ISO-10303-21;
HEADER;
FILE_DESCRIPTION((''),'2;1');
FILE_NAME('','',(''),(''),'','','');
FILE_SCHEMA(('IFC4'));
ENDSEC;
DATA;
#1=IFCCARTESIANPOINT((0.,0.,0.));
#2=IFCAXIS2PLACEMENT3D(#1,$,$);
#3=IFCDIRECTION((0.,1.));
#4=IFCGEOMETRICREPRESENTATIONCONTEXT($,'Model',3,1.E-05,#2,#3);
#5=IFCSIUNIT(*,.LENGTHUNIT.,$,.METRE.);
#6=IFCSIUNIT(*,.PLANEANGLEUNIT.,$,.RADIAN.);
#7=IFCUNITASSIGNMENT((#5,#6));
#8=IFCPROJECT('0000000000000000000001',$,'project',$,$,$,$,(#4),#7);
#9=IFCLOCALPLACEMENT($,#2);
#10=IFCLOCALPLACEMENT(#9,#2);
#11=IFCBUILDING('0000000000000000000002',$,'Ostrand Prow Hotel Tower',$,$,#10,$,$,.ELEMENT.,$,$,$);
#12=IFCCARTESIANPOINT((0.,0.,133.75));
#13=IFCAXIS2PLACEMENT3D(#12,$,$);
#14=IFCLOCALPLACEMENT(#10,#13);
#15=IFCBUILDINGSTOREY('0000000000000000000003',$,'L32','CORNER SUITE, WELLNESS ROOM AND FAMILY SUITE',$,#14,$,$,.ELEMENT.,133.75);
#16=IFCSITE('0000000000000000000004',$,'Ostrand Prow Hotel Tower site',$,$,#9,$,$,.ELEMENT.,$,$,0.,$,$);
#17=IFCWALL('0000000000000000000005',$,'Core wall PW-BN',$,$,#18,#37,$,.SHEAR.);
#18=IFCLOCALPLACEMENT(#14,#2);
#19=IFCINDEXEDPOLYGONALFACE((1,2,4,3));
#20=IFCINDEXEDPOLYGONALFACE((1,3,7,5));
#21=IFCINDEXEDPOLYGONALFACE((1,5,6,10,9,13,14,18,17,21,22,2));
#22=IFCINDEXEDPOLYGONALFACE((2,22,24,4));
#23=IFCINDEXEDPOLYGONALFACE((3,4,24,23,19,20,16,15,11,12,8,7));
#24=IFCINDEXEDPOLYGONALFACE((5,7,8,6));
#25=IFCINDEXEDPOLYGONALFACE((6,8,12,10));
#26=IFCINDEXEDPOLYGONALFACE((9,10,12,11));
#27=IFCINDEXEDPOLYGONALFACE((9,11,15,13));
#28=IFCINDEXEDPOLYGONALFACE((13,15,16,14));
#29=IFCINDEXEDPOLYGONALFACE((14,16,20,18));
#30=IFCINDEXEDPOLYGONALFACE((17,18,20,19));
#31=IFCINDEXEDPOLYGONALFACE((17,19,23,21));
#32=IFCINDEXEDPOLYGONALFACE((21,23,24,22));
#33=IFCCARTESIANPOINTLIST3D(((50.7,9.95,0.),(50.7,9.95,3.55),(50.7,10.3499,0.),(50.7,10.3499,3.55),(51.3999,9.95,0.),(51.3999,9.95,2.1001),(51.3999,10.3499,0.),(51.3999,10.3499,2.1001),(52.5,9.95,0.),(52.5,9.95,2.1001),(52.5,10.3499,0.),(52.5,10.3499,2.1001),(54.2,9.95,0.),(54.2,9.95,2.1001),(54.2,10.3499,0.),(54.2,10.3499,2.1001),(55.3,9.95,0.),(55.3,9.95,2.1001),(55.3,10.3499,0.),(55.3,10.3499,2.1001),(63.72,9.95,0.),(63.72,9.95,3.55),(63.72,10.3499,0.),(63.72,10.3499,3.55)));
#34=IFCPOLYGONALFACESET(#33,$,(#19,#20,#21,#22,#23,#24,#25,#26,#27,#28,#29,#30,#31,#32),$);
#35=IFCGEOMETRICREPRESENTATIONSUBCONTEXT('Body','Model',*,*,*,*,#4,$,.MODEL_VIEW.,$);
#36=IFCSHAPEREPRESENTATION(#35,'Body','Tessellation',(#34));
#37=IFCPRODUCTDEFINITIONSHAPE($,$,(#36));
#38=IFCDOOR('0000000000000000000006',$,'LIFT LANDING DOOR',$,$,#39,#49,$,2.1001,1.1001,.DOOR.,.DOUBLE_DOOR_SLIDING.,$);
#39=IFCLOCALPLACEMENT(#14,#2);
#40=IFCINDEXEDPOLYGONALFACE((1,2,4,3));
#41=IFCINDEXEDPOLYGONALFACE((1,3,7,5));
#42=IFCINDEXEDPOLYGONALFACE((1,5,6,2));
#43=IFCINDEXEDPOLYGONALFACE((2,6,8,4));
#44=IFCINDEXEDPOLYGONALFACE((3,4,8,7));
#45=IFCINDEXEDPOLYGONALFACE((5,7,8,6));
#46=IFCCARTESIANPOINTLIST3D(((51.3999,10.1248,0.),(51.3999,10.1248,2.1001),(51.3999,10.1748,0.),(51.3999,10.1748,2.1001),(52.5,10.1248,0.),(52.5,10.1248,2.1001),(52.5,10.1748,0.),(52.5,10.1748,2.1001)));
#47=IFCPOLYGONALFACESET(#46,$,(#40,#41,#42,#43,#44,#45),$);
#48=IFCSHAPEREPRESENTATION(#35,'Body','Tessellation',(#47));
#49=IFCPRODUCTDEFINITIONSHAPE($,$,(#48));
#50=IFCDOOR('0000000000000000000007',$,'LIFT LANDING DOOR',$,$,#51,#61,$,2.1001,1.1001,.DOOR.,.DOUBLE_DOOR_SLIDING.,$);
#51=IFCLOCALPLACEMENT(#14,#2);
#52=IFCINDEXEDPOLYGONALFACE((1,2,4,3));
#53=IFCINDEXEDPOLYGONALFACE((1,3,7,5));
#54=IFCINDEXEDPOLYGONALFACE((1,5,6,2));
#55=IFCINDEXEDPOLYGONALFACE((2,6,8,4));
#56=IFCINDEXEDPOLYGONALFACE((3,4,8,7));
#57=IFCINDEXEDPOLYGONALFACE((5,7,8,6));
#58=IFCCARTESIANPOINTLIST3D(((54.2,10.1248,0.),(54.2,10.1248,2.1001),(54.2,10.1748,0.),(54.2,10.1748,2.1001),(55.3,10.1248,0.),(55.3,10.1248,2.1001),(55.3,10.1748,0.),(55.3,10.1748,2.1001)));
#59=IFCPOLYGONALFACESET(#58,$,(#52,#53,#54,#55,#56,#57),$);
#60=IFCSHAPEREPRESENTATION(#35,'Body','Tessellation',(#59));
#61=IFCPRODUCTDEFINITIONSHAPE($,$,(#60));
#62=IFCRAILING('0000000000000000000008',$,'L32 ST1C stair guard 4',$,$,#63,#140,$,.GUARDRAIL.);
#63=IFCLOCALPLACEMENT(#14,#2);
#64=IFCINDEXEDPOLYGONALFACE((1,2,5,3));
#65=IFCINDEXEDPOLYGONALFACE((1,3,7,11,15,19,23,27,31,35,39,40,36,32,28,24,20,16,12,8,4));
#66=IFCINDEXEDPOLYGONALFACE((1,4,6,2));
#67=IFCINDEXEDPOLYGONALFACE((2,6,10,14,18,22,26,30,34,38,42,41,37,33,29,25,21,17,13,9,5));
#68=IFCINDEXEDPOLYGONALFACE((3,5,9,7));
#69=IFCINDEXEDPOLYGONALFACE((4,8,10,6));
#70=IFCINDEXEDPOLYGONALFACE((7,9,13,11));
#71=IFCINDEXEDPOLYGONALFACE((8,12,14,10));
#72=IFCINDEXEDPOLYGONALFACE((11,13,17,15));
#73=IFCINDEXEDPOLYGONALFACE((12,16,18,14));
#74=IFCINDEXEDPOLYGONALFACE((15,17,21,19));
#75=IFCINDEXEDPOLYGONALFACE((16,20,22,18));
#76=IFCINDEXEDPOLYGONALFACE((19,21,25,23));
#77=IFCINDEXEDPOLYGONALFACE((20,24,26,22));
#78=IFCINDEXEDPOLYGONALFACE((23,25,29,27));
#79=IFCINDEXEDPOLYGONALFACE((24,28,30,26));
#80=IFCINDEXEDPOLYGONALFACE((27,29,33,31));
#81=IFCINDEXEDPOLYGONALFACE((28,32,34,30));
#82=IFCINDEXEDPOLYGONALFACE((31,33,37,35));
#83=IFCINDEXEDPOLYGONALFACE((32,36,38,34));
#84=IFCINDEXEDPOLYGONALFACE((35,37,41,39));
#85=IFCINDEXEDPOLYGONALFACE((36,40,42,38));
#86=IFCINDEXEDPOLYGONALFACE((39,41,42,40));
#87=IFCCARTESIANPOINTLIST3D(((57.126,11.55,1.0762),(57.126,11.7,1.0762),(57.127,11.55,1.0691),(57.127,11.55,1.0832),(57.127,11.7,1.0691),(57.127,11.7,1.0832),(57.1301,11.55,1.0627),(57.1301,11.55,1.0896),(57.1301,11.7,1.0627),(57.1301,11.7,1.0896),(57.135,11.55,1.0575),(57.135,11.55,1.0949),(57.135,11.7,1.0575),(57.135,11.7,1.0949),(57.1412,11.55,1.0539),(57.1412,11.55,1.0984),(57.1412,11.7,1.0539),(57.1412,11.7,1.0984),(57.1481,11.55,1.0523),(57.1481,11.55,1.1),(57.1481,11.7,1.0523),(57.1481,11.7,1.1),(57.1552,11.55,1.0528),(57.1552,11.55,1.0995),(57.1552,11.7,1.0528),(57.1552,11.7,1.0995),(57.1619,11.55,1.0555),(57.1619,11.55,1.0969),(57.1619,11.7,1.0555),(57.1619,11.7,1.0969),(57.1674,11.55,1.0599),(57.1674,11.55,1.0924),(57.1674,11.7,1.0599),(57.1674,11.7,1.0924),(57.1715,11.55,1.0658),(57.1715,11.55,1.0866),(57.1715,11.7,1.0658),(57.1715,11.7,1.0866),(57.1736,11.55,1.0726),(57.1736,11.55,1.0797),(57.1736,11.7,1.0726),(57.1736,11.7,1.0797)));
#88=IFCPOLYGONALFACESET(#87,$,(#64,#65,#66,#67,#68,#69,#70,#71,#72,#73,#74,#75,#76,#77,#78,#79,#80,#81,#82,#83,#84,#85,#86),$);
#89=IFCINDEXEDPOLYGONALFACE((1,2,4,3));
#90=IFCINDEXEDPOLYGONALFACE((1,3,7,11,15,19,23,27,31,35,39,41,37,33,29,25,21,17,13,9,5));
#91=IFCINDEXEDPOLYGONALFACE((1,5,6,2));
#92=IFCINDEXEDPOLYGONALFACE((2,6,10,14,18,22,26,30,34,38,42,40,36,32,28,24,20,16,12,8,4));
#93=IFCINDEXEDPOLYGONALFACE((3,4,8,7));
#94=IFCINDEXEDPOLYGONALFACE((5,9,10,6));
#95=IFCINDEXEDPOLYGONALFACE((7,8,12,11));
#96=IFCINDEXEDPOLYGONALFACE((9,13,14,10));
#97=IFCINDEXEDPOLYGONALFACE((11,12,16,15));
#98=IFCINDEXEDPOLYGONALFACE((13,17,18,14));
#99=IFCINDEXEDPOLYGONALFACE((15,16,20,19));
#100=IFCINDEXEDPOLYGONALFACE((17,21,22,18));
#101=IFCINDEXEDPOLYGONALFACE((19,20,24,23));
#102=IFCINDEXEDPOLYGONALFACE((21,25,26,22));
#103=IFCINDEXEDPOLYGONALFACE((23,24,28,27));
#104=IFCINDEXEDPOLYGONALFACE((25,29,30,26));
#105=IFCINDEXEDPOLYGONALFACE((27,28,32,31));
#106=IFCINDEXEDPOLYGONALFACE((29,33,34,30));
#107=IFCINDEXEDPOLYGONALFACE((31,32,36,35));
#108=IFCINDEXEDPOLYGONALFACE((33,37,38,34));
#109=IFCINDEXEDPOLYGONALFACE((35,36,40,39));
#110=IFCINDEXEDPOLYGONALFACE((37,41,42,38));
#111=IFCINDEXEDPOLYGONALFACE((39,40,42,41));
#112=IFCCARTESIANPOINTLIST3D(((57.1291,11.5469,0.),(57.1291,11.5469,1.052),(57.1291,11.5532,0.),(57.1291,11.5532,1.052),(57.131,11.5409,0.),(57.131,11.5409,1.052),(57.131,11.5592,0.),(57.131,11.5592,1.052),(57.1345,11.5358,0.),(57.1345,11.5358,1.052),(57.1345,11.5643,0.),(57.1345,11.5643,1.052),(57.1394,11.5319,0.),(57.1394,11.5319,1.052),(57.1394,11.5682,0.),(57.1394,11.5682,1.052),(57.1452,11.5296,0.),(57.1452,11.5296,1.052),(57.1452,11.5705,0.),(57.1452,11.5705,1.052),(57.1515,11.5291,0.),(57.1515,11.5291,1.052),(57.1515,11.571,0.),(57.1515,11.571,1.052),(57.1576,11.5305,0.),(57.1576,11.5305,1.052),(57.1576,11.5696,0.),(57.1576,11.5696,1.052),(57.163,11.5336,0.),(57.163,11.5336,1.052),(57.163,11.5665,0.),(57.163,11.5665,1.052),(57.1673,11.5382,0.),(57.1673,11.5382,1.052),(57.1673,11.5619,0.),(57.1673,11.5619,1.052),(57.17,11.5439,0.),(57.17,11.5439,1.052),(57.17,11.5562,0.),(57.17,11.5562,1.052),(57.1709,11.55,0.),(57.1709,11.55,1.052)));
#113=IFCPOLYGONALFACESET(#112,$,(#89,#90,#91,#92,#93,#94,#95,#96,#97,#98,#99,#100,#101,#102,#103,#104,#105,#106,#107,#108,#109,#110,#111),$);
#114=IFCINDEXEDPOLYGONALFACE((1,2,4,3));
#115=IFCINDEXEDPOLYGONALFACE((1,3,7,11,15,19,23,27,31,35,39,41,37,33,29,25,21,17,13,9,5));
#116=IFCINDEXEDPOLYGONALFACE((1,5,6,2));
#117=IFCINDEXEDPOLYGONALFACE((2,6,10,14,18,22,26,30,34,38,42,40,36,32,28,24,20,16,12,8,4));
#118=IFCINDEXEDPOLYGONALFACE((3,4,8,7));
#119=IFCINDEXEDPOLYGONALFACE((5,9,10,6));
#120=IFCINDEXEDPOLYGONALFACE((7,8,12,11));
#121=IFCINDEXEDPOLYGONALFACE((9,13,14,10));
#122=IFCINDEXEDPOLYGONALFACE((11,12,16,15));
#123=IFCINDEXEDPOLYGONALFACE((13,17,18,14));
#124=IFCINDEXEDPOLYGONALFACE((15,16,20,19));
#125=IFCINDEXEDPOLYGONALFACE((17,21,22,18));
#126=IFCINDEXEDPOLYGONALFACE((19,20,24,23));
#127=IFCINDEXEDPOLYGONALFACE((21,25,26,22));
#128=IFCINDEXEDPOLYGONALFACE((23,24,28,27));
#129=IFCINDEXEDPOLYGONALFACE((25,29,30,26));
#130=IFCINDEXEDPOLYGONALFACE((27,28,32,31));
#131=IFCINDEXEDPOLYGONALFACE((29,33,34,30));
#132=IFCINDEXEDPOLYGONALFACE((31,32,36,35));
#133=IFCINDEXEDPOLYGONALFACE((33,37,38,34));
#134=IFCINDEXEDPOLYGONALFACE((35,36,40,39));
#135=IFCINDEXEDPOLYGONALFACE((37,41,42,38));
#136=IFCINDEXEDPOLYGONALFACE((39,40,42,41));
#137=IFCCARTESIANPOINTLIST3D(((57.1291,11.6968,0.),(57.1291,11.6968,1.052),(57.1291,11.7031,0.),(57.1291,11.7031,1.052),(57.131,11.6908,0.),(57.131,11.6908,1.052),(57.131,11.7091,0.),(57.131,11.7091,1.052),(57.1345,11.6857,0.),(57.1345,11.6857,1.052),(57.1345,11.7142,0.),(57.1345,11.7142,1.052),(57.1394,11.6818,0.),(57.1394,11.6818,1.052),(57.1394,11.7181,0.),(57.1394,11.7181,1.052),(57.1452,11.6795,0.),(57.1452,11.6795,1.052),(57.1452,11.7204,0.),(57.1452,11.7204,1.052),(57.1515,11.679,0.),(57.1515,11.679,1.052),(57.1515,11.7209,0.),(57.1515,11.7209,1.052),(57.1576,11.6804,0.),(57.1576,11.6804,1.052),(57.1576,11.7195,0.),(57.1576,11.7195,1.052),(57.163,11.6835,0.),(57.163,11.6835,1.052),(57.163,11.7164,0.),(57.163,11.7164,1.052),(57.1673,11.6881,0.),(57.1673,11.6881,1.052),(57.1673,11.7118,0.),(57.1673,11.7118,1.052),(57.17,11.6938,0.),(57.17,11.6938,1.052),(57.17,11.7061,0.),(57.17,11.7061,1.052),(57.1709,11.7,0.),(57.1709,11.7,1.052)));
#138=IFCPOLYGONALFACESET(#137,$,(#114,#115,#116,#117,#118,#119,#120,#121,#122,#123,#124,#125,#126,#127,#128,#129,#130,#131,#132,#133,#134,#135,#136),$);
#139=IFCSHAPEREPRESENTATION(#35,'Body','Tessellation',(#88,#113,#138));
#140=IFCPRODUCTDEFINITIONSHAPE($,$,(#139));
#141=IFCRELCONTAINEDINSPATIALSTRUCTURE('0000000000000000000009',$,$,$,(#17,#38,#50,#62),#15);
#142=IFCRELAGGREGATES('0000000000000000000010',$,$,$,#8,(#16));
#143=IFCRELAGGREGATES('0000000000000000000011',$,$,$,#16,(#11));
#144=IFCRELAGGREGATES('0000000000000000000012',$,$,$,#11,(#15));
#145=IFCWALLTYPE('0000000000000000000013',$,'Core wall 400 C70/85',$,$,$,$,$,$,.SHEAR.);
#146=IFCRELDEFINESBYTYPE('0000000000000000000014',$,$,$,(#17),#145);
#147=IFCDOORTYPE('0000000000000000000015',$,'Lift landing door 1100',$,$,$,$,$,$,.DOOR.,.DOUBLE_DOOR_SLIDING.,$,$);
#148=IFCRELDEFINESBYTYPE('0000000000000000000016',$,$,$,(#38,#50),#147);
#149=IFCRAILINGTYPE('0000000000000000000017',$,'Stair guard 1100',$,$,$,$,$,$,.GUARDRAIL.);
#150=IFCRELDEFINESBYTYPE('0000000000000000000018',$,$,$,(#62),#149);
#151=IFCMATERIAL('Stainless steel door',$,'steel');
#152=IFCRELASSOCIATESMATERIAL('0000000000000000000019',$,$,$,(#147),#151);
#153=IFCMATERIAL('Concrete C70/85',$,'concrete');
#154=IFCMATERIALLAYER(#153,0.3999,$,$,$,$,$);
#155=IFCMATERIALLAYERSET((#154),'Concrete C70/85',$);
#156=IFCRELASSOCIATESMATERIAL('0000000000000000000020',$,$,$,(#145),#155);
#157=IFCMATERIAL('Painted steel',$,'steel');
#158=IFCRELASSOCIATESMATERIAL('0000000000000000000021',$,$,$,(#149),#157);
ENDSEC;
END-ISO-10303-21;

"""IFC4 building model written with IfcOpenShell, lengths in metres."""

from ifc_helpers import new_model, si_unit, direction, frame, frame_2d, origin, origin_2d, place, context, subcontext, project, spatial, rectangle, circle, extrude, material, layer, layer_set, type_object, element, fill, save


model = new_model("IFC4")

# Units and contexts
model_context = context("Model", 3, precision=1e-05, world=origin(), true_north=direction((0.0, 1.0)))
body_context = subcontext(model_context, "Body", "Model", "MODEL_VIEW")
ifc_project = project(units=[si_unit("LENGTHUNIT", "METRE"), si_unit("PLANEANGLEUNIT", "RADIAN")], contexts=[model_context])

# Site, building, storey
site_placement = place(None, origin())
site = spatial("IfcSite", under=ifc_project, at=site_placement, Name="Ostrand Prow Hotel Tower site", CompositionType="ELEMENT", RefElevation=0.0)
building_placement = place(site_placement, origin())
building = spatial("IfcBuilding", under=site, at=building_placement, Name="Ostrand Prow Hotel Tower", CompositionType="ELEMENT")
storey_placement = place(building_placement, frame((0.0, 0.0, 133.75)))
storey = spatial("IfcBuildingStorey", under=building, at=storey_placement, Name="L32", Description="CORNER SUITE, WELLNESS ROOM AND FAMILY SUITE", CompositionType="ELEMENT", Elevation=133.75)

# Shared definitions
ifc_material_1 = material(Name="Stainless steel door", Category="steel")
door_type_1 = type_object("IfcDoorType", Name="Lift landing door 1100", OperationType="DOUBLE_DOOR_SLIDING", PredefinedType="DOOR", material=ifc_material_1)

# Wall, openings, doors
ifc_material_2 = material(Name="Concrete C70/85", Category="concrete")
ifc_layer_1 = layer(ifc_material_2, 0.3999)
ifc_layer_set_1 = layer_set([ifc_layer_1], Name="Concrete C70/85")
wall_type_1 = type_object("IfcWallType", Name="Core wall 400 C70/85", PredefinedType="SHEAR", material=ifc_layer_set_1)
wall_1_placement = place(storey_placement, frame((50.7, 10.1499, 0.0), z_axis=(0.0, 0.0, 1.0), x_axis=(1.0, 0.0, 0.0)))
wall_1 = element("IfcWall", 1, at=wall_1_placement, inside=storey, type_object=wall_type_1, Name="Core wall PW-BN", PredefinedType="SHEAR", context=body_context, shape_type="SweptSolid", body=[
    extrude(rectangle(XDim=13.02, YDim=0.3999, at=frame_2d((6.51, 0.0))), origin(), (0.0, 0.0, 1.0), 3.55),
])
opening_1_placement = place(wall_1_placement, frame((0.7, 0.0, 0.0)))
opening_1 = element("IfcOpeningElement", 2, at=opening_1_placement, cuts=wall_1, PredefinedType="OPENING", context=body_context, shape_type="SweptSolid", body=[
    extrude(rectangle(XDim=1.1001, YDim=2.1001, at=frame_2d((0.55, 1.05))), frame((0.0, 0.21, 0.0), z_axis=(0.0, -1.0, 0.0), x_axis=(1.0, 0.0, 0.0)), (0.0, 0.0, 1.0), 0.4199),
])
opening_2_placement = place(wall_1_placement, frame((3.5, 0.0, 0.0)))
opening_2 = element("IfcOpeningElement", 3, at=opening_2_placement, cuts=wall_1, PredefinedType="OPENING", context=body_context, shape_type="SweptSolid", body=[
    extrude(rectangle(XDim=1.1001, YDim=2.1001, at=frame_2d((0.55, 1.05))), frame((0.0, 0.21, 0.0), z_axis=(0.0, -1.0, 0.0), x_axis=(1.0, 0.0, 0.0)), (0.0, 0.0, 1.0), 0.4199),
])
door_1_placement = place(opening_1_placement, origin())
door_1 = element("IfcDoor", 4, at=door_1_placement, inside=storey, type_object=door_type_1, Name="LIFT LANDING DOOR", OperationType="DOUBLE_DOOR_SLIDING", OverallHeight=2.1001, OverallWidth=1.1001, PredefinedType="DOOR", context=body_context, shape_type="SweptSolid", body=[
    extrude(rectangle(XDim=1.1001, YDim=2.1001, at=frame_2d((0.55, 1.05))), frame((0.0, 0.0249, 0.0), z_axis=(0.0, -1.0, 0.0), x_axis=(1.0, 0.0, 0.0)), (0.0, 0.0, 1.0), 0.05),
])
fill(opening_1, door_1)
door_2_placement = place(opening_2_placement, origin())
door_2 = element("IfcDoor", 5, at=door_2_placement, inside=storey, type_object=door_type_1, Name="LIFT LANDING DOOR", OperationType="DOUBLE_DOOR_SLIDING", OverallHeight=2.1001, OverallWidth=1.1001, PredefinedType="DOOR", context=body_context, shape_type="SweptSolid", body=[
    extrude(rectangle(XDim=1.1001, YDim=2.1001, at=frame_2d((0.55, 1.05))), frame((0.0, 0.0249, 0.0), z_axis=(0.0, -1.0, 0.0), x_axis=(1.0, 0.0, 0.0)), (0.0, 0.0, 1.0), 0.05),
])
fill(opening_2, door_2)

# Railing
ifc_material_3 = material(Name="Painted steel", Category="steel")
railing_type = type_object("IfcRailingType", Name="Stair guard 1100", PredefinedType="GUARDRAIL", material=ifc_material_3)
railing_1_placement = place(storey_placement, frame((57.1499, 11.55, 0.0)))
element("IfcRailing", 6, at=railing_1_placement, inside=storey, type_object=railing_type, Name="L32 ST1C stair guard 4", PredefinedType="GUARDRAIL", context=body_context, shape_type="SweptSolid", body=[
    extrude(circle(Radius=0.0239, at=origin_2d()), frame((0.0, 0.0, 1.0762), z_axis=(0.0, 1.0, 0.0), x_axis=(-1.0, 0.0, 0.0)), (0.0, 0.0, 1.0), 0.1499),
    extrude(circle(Radius=0.021, at=origin_2d()), origin(), (0.0, 0.0, 1.0), 1.052),
    extrude(circle(Radius=0.021, at=origin_2d()), frame((0.0, 0.1499, 0.0)), (0.0, 0.0, 1.0), 1.052),
])

save(model, "model.ifc")
